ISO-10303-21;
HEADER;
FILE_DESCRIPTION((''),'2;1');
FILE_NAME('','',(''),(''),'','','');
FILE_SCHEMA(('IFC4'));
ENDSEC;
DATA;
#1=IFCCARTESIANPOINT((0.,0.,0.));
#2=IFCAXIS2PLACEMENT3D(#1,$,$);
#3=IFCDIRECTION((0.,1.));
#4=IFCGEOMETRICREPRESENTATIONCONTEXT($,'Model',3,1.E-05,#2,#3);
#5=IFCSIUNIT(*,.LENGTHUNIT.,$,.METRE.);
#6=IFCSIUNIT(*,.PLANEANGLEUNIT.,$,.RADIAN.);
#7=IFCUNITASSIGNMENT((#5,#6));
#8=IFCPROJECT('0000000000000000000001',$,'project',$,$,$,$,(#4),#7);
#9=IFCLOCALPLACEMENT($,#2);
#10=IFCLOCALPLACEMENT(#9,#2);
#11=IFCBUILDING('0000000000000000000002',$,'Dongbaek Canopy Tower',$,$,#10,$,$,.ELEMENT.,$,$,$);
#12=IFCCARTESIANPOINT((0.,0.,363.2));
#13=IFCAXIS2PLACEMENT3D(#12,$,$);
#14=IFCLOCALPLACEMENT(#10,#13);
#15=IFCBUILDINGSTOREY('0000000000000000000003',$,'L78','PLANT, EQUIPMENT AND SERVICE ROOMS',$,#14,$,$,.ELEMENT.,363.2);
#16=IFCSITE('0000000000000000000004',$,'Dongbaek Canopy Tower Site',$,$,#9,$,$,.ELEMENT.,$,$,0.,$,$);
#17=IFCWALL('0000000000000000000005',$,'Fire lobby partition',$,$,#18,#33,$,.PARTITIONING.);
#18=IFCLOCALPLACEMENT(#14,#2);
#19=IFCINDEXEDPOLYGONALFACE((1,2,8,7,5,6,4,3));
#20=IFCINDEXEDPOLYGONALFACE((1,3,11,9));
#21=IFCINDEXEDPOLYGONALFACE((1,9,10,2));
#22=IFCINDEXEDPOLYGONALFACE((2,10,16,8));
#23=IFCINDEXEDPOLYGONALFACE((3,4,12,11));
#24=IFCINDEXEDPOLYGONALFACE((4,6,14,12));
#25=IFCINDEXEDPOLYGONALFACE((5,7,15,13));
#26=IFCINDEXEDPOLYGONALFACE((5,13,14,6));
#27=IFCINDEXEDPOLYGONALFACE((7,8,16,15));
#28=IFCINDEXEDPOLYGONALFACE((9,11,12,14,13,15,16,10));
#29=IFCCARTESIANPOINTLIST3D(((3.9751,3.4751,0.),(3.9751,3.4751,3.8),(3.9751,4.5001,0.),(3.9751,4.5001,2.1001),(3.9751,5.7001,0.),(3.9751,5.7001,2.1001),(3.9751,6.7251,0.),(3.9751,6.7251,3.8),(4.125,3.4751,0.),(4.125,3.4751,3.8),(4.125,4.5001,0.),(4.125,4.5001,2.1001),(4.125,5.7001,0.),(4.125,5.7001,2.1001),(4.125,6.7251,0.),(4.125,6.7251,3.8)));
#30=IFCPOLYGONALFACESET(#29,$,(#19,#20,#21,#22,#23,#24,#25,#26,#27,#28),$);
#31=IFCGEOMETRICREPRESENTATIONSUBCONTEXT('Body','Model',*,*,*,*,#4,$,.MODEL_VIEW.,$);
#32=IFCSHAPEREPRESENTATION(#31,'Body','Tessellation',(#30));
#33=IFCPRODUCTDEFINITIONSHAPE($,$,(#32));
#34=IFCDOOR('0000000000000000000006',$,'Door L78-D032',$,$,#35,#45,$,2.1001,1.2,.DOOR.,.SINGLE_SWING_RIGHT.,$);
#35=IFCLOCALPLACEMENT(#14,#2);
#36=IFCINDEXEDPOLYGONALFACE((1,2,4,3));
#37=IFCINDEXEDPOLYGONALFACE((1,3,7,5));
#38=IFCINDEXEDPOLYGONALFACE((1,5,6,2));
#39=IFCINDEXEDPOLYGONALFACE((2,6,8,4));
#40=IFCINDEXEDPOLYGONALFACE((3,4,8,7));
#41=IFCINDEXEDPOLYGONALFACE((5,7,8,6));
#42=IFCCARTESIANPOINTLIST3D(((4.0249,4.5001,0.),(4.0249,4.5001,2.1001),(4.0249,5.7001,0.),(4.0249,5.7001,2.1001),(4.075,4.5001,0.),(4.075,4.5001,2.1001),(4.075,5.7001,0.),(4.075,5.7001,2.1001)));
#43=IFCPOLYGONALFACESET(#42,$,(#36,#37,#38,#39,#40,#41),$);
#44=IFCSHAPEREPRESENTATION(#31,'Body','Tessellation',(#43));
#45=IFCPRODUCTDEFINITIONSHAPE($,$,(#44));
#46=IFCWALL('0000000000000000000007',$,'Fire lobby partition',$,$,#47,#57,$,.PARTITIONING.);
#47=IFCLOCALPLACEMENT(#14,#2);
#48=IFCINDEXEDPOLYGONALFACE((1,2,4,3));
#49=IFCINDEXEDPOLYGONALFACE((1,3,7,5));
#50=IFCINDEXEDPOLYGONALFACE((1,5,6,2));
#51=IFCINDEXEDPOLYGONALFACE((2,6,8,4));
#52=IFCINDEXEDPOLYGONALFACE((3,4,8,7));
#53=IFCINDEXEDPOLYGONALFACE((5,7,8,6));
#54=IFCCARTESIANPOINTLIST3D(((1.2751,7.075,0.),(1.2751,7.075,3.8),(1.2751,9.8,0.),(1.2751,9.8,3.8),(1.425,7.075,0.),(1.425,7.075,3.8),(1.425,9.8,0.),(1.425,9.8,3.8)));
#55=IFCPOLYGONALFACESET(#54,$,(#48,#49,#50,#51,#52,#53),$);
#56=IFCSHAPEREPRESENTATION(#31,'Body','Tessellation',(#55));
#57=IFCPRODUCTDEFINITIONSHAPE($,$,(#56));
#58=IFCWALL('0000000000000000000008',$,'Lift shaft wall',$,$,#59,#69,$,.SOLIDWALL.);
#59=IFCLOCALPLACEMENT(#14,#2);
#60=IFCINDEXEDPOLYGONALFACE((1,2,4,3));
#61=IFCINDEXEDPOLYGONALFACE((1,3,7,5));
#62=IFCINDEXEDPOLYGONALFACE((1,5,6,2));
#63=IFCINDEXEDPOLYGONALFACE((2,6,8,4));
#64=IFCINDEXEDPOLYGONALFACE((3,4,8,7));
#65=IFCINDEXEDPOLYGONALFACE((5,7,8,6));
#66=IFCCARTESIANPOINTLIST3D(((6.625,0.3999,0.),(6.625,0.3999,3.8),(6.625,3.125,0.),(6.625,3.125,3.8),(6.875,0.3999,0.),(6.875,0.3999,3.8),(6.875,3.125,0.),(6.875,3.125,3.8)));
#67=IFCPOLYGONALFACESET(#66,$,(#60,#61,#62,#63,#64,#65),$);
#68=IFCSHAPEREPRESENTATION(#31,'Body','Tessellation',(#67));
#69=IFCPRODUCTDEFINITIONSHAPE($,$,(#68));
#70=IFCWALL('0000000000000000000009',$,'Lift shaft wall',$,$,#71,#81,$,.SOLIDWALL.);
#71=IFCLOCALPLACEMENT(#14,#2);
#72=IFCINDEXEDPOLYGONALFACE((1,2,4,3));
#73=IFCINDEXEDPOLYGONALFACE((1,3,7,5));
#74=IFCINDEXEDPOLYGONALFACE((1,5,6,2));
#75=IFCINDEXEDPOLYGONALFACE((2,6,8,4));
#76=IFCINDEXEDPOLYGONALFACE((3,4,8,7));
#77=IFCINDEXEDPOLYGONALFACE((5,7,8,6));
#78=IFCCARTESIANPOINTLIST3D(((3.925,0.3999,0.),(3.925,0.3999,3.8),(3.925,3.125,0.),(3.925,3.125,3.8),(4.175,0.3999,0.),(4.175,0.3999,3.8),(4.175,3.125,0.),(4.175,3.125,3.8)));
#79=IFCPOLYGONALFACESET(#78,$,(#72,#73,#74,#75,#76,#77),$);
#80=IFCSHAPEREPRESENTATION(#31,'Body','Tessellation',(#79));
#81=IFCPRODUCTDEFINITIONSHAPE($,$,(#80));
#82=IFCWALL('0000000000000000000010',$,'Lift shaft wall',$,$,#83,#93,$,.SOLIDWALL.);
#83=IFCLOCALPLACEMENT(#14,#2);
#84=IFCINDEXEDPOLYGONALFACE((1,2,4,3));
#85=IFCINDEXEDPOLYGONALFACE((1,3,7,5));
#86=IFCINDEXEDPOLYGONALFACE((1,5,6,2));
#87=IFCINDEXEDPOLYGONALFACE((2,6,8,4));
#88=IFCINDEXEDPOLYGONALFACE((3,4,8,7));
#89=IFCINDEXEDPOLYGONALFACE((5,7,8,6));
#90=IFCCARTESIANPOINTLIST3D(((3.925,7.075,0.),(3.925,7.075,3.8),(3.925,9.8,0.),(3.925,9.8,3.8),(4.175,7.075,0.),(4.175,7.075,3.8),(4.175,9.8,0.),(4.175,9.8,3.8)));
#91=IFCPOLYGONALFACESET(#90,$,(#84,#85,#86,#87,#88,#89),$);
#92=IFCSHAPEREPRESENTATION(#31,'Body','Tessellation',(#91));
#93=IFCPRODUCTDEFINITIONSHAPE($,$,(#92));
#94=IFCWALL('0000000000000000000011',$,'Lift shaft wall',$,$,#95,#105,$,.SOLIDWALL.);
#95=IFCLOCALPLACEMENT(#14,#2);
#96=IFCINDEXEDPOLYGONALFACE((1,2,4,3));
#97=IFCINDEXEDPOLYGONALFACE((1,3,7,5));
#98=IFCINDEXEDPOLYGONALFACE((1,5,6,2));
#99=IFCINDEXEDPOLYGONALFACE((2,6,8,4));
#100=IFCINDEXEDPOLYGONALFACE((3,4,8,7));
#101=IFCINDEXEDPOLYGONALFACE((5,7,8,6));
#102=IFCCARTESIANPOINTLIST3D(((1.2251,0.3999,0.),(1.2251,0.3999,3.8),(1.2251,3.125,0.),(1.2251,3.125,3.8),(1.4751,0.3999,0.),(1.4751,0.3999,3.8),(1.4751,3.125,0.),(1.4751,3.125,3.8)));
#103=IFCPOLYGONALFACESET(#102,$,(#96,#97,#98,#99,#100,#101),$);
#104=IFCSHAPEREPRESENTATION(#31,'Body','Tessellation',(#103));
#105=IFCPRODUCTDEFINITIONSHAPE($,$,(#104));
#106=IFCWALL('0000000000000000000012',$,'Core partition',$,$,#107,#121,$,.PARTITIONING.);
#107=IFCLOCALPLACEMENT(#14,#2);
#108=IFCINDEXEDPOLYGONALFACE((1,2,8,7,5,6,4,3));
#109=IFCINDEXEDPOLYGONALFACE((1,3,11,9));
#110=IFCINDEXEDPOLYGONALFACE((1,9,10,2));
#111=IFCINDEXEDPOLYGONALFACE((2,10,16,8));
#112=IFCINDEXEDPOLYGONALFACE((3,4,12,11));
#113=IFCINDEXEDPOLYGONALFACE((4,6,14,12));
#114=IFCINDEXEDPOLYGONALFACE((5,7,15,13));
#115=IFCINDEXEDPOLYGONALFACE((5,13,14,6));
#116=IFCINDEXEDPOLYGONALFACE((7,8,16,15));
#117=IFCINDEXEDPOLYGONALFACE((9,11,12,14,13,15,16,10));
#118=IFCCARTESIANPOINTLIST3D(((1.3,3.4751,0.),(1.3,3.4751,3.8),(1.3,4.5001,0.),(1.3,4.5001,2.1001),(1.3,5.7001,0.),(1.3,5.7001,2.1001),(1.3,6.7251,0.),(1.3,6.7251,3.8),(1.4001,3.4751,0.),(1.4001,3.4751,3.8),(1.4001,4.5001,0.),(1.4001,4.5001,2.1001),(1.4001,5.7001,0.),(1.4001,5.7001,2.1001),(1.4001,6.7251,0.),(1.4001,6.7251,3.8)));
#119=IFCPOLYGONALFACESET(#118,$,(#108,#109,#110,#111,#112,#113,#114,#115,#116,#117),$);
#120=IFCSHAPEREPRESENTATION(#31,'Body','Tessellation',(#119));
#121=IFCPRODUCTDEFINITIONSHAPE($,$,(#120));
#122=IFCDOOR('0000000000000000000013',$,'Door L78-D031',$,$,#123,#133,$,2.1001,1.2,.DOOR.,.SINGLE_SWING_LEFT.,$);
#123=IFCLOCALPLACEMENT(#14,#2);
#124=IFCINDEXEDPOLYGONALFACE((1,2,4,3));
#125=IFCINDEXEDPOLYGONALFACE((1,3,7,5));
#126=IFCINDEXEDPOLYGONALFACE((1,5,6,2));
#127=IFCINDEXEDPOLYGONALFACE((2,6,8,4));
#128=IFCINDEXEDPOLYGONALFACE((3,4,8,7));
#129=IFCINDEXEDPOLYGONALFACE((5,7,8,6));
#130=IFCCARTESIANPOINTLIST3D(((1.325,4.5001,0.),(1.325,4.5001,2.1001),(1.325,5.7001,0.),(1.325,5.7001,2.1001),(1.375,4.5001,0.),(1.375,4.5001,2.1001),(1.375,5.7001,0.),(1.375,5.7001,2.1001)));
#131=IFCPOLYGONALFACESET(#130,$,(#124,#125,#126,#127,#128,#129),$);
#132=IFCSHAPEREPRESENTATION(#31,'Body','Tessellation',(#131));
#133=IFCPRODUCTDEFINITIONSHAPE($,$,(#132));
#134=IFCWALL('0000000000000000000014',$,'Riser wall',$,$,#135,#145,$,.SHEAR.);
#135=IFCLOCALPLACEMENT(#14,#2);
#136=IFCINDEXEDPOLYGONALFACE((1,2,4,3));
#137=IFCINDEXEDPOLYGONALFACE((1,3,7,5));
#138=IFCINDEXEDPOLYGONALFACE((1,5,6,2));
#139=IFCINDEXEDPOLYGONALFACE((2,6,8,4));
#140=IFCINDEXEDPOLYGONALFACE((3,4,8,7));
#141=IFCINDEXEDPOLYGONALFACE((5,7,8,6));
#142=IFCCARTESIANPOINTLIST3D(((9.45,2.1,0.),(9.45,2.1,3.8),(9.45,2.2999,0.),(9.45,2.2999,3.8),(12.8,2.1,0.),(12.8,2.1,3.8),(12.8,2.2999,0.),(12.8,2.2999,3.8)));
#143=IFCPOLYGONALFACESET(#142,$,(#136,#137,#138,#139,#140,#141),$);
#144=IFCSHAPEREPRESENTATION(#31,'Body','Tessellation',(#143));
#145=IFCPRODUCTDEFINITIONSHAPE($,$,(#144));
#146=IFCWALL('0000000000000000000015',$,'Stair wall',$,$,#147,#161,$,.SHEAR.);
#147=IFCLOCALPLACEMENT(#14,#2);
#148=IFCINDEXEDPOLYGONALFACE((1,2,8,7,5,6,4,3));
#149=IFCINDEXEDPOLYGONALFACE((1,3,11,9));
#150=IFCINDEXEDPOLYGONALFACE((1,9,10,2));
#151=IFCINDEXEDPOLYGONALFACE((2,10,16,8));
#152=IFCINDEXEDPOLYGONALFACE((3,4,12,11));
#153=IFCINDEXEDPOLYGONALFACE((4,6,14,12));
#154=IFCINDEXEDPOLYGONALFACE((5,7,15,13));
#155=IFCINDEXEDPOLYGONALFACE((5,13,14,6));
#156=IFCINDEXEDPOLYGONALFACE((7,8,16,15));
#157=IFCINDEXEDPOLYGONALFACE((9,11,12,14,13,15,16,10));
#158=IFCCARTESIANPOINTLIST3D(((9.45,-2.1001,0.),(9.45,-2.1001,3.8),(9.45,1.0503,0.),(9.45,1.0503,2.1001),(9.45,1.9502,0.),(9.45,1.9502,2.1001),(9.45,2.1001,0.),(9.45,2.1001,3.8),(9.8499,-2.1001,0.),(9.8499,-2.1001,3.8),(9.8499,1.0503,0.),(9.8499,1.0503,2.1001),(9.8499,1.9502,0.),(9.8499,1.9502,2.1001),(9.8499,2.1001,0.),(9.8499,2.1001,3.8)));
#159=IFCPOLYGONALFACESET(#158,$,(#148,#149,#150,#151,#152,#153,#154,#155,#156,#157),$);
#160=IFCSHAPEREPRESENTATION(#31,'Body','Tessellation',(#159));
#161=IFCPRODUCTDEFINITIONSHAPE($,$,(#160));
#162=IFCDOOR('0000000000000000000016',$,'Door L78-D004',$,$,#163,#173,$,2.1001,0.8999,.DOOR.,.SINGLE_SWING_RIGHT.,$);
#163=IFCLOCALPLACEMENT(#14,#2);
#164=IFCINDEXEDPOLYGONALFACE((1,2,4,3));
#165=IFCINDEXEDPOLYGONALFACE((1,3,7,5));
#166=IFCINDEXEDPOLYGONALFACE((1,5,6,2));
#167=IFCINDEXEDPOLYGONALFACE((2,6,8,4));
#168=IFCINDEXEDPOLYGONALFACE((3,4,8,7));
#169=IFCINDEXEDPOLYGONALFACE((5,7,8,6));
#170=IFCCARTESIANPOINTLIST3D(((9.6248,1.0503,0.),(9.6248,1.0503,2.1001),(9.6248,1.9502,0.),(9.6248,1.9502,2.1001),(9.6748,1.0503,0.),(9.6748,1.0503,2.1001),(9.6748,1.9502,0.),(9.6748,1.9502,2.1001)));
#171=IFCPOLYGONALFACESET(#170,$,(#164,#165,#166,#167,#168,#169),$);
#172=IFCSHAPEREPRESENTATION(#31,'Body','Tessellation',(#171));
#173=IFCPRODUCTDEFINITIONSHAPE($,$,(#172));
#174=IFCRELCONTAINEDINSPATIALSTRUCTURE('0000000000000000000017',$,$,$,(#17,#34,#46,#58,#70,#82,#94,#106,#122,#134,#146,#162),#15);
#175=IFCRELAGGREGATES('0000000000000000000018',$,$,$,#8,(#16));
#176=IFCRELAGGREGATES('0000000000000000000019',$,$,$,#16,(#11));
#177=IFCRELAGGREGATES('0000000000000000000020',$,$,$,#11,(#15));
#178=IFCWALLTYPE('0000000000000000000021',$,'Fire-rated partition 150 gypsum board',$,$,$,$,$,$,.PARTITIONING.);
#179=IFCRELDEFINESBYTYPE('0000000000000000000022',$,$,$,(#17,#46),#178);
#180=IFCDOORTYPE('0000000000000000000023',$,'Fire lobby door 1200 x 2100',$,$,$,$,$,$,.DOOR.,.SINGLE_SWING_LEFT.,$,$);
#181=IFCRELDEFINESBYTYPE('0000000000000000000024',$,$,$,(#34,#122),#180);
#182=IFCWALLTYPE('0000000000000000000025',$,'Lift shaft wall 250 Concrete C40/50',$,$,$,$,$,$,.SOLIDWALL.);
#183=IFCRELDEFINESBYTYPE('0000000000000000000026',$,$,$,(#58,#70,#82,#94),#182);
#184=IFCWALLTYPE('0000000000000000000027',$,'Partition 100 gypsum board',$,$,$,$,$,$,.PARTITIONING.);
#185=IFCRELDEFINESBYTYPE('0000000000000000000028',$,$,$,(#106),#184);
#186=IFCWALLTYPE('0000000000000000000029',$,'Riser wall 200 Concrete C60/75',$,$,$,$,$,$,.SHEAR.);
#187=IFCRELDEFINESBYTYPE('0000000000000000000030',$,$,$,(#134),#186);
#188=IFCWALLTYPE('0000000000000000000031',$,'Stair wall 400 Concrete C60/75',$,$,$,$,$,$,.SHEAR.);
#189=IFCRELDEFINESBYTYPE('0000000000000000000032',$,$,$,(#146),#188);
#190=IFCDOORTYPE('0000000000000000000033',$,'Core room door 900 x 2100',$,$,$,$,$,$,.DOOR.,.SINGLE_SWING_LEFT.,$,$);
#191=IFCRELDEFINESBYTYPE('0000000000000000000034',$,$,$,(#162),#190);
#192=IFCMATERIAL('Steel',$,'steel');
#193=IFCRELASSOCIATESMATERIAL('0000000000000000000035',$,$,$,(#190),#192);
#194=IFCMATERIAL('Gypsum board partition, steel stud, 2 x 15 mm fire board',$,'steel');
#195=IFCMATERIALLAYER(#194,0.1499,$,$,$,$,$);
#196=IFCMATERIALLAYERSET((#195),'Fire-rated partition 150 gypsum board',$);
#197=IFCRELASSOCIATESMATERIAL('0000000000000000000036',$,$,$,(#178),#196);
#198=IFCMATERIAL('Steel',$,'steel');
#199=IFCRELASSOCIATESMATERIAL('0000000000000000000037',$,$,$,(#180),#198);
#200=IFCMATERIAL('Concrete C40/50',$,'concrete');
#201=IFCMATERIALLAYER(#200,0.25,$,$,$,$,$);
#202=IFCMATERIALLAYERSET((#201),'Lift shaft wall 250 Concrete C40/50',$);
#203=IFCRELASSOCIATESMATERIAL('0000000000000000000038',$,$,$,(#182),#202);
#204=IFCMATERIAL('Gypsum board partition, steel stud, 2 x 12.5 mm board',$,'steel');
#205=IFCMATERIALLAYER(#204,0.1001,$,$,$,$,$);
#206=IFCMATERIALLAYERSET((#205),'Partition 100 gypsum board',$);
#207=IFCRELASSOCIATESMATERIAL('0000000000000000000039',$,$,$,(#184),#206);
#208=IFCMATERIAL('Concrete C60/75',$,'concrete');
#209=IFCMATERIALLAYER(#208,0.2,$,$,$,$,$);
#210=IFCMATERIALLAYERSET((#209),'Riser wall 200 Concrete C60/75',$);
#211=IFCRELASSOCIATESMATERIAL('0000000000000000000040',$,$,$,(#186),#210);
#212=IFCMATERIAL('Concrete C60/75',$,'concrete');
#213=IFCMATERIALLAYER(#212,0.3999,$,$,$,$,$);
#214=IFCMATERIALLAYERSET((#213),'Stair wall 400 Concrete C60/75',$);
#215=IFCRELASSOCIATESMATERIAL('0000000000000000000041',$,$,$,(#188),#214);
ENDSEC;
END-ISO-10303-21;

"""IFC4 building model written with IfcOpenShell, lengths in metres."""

from ifc_helpers import new_model, si_unit, direction, frame, frame_2d, origin, place, context, subcontext, project, spatial, rectangle, extrude, material, layer, layer_set, type_object, element, fill, save


model = new_model("IFC4")

# Units and contexts
model_context = context("Model", 3, precision=1e-05, world=origin(), true_north=direction((0.0, 1.0)))
body_context = subcontext(model_context, "Body", "Model", "MODEL_VIEW")
ifc_project = project(units=[si_unit("LENGTHUNIT", "METRE"), si_unit("PLANEANGLEUNIT", "RADIAN")], contexts=[model_context])

# Site, building, storey
site_placement = place(None, origin())
site = spatial("IfcSite", under=ifc_project, at=site_placement, Name="Dongbaek Canopy Tower Site", CompositionType="ELEMENT", RefElevation=0.0)
building_placement = place(site_placement, origin())
building = spatial("IfcBuilding", under=site, at=building_placement, Name="Dongbaek Canopy Tower", CompositionType="ELEMENT")
storey_placement = place(building_placement, frame((0.0, 0.0, 363.2)))
storey = spatial("IfcBuildingStorey", under=building, at=storey_placement, Name="L78", Description="PLANT, EQUIPMENT AND SERVICE ROOMS", CompositionType="ELEMENT", Elevation=363.2)

# Shared definitions
ifc_material_1 = material(Name="Steel", Category="steel")
door_type_1 = type_object("IfcDoorType", Name="Core room door 900 x 2100", OperationType="SINGLE_SWING_LEFT", PredefinedType="DOOR", material=ifc_material_1)

# Wall, opening, door
ifc_material_2 = material(Name="Gypsum board partition, steel stud, 2 x 15 mm fire board", Category="steel")
ifc_layer_1 = layer(ifc_material_2, 0.1499)
ifc_layer_set_1 = layer_set([ifc_layer_1], Name="Fire-rated partition 150 gypsum board")
wall_type_1 = type_object("IfcWallType", Name="Fire-rated partition 150 gypsum board", PredefinedType="PARTITIONING", material=ifc_layer_set_1)
wall_1_placement = place(storey_placement, frame((4.05, 6.7251, 0.0), z_axis=(0.0, 0.0, 1.0), x_axis=(0.0, -1.0, 0.0)))
wall_1 = element("IfcWall", 1, at=wall_1_placement, inside=storey, type_object=wall_type_1, Name="Fire lobby partition", PredefinedType="PARTITIONING", context=body_context, shape_type="SweptSolid", body=[
    extrude(rectangle(XDim=3.25, YDim=0.1499, at=frame_2d((1.625, 0.0))), origin(), (0.0, 0.0, 1.0), 3.8),
])
opening_1_placement = place(wall_1_placement, frame((1.0249, 0.0, 0.0)))
opening_1 = element("IfcOpeningElement", 2, at=opening_1_placement, cuts=wall_1, PredefinedType="OPENING", context=body_context, shape_type="SweptSolid", body=[
    extrude(rectangle(XDim=1.2, YDim=2.1001, at=frame_2d((0.6001, 1.05))), frame((0.0, 0.085, 0.0), z_axis=(0.0, -1.0, 0.0), x_axis=(1.0, 0.0, 0.0)), (0.0, 0.0, 1.0), 0.1699),
])
ifc_material_3 = material(Name="Steel", Category="steel")
door_type_2 = type_object("IfcDoorType", Name="Fire lobby door 1200 x 2100", OperationType="SINGLE_SWING_LEFT", PredefinedType="DOOR", material=ifc_material_3)
door_1_placement = place(opening_1_placement, origin())
door_1 = element("IfcDoor", 3, at=door_1_placement, inside=storey, type_object=door_type_2, Name="Door L78-D032", OperationType="SINGLE_SWING_RIGHT", OverallHeight=2.1001, OverallWidth=1.2, PredefinedType="DOOR", context=body_context, shape_type="SweptSolid", body=[
    extrude(rectangle(XDim=1.2, YDim=2.1001, at=frame_2d((0.6001, 1.05))), frame((0.0, 0.0249, 0.0), z_axis=(0.0, -1.0, 0.0), x_axis=(1.0, 0.0, 0.0)), (0.0, 0.0, 1.0), 0.05),
])
fill(opening_1, door_1)

# Walls
wall_2_placement = place(storey_placement, frame((1.3501, 7.075, 0.0), z_axis=(0.0, 0.0, 1.0), x_axis=(0.0, 1.0, 0.0)))
element("IfcWall", 4, at=wall_2_placement, inside=storey, type_object=wall_type_1, Name="Fire lobby partition", PredefinedType="PARTITIONING", context=body_context, shape_type="SweptSolid", body=[
    extrude(rectangle(XDim=2.7251, YDim=0.1499, at=frame_2d((1.3625, 0.0))), origin(), (0.0, 0.0, 1.0), 3.8),
])
ifc_material_4 = material(Name="Concrete C40/50", Category="concrete")
ifc_layer_2 = layer(ifc_material_4, 0.25)
ifc_layer_set_2 = layer_set([ifc_layer_2], Name="Lift shaft wall 250 Concrete C40/50")
wall_type_2 = type_object("IfcWallType", Name="Lift shaft wall 250 Concrete C40/50", PredefinedType="SOLIDWALL", material=ifc_layer_set_2)
for number, where, z_axis, x_axis, name in (
    (5, (6.75, 0.3999, 0.0), (0.0, 0.0, 1.0), (0.0, 1.0, 0.0), "Lift shaft wall"),
    (6, (4.05, 0.3999, 0.0), (0.0, 0.0, 1.0), (0.0, 1.0, 0.0), "Lift shaft wall"),
    (7, (4.05, 7.075, 0.0), (0.0, 0.0, 1.0), (0.0, 1.0, 0.0), "Lift shaft wall"),
    (8, (1.3501, 0.3999, 0.0), (0.0, 0.0, 1.0), (0.0, 1.0, 0.0), "Lift shaft wall"),
):
    element("IfcWall", number, at=place(storey_placement, frame(where, z_axis=z_axis, x_axis=x_axis)), inside=storey, type_object=wall_type_2, Name=name, PredefinedType="SOLIDWALL", context=body_context, shape_type="SweptSolid", body=[
        extrude(rectangle(XDim=2.7251, YDim=0.25, at=frame_2d((1.3625, 0.0))), origin(), (0.0, 0.0, 1.0), 3.8),
    ])

# Wall, opening, door
ifc_material_5 = material(Name="Gypsum board partition, steel stud, 2 x 12.5 mm board", Category="steel")
ifc_layer_3 = layer(ifc_material_5, 0.1001)
ifc_layer_set_3 = layer_set([ifc_layer_3], Name="Partition 100 gypsum board")
wall_type_3 = type_object("IfcWallType", Name="Partition 100 gypsum board", PredefinedType="PARTITIONING", material=ifc_layer_set_3)
wall_3_placement = place(storey_placement, frame((1.3501, 6.7251, 0.0), z_axis=(0.0, 0.0, 1.0), x_axis=(0.0, -1.0, 0.0)))
wall_3 = element("IfcWall", 9, at=wall_3_placement, inside=storey, type_object=wall_type_3, Name="Core partition", PredefinedType="PARTITIONING", context=body_context, shape_type="SweptSolid", body=[
    extrude(rectangle(XDim=3.25, YDim=0.1001, at=frame_2d((1.625, 0.0))), origin(), (0.0, 0.0, 1.0), 3.8),
])
opening_2_placement = place(wall_3_placement, frame((1.0249, 0.0, 0.0)))
opening_2 = element("IfcOpeningElement", 10, at=opening_2_placement, cuts=wall_3, PredefinedType="OPENING", context=body_context, shape_type="SweptSolid", body=[
    extrude(rectangle(XDim=1.2, YDim=2.1001, at=frame_2d((0.6001, 1.05))), frame((0.0, 0.0601, 0.0), z_axis=(0.0, -1.0, 0.0), x_axis=(1.0, 0.0, 0.0)), (0.0, 0.0, 1.0), 0.1201),
])
door_2_placement = place(opening_2_placement, origin())
door_2 = element("IfcDoor", 11, at=door_2_placement, inside=storey, type_object=door_type_2, Name="Door L78-D031", OperationType="SINGLE_SWING_LEFT", OverallHeight=2.1001, OverallWidth=1.2, PredefinedType="DOOR", context=body_context, shape_type="SweptSolid", body=[
    extrude(rectangle(XDim=1.2, YDim=2.1001, at=frame_2d((0.6001, 1.05))), frame((0.0, 0.0249, 0.0), z_axis=(0.0, -1.0, 0.0), x_axis=(1.0, 0.0, 0.0)), (0.0, 0.0, 1.0), 0.05),
])
fill(opening_2, door_2)

# Wall
ifc_material_6 = material(Name="Concrete C60/75", Category="concrete")
ifc_layer_4 = layer(ifc_material_6, 0.2)
ifc_layer_set_4 = layer_set([ifc_layer_4], Name="Riser wall 200 Concrete C60/75")
wall_type_4 = type_object("IfcWallType", Name="Riser wall 200 Concrete C60/75", PredefinedType="SHEAR", material=ifc_layer_set_4)
wall_4_placement = place(storey_placement, frame((9.45, 2.2, 0.0), z_axis=(0.0, 0.0, 1.0), x_axis=(1.0, 0.0, 0.0)))
element("IfcWall", 12, at=wall_4_placement, inside=storey, type_object=wall_type_4, Name="Riser wall", PredefinedType="SHEAR", context=body_context, shape_type="SweptSolid", body=[
    extrude(rectangle(XDim=3.3501, YDim=0.2, at=frame_2d((1.675, 0.0))), origin(), (0.0, 0.0, 1.0), 3.8),
])

# Wall, opening, door
ifc_material_7 = material(Name="Concrete C60/75", Category="concrete")
ifc_layer_5 = layer(ifc_material_7, 0.3999)
ifc_layer_set_5 = layer_set([ifc_layer_5], Name="Stair wall 400 Concrete C60/75")
wall_type_5 = type_object("IfcWallType", Name="Stair wall 400 Concrete C60/75", PredefinedType="SHEAR", material=ifc_layer_set_5)
wall_5_placement = place(storey_placement, frame((9.6499, 2.1001, 0.0), z_axis=(0.0, 0.0, 1.0), x_axis=(0.0, -1.0, 0.0)))
wall_5 = element("IfcWall", 13, at=wall_5_placement, inside=storey, type_object=wall_type_5, Name="Stair wall", PredefinedType="SHEAR", context=body_context, shape_type="SweptSolid", body=[
    extrude(rectangle(XDim=4.2002, YDim=0.3999, at=frame_2d((2.1001, 0.0))), origin(), (0.0, 0.0, 1.0), 3.8),
])
opening_3_placement = place(wall_5_placement, frame((0.1499, 0.0, 0.0)))
opening_3 = element("IfcOpeningElement", 14, at=opening_3_placement, cuts=wall_5, PredefinedType="OPENING", context=body_context, shape_type="SweptSolid", body=[
    extrude(rectangle(XDim=0.8999, YDim=2.1001, at=frame_2d((0.45, 1.05))), frame((0.0, 0.21, 0.0), z_axis=(0.0, -1.0, 0.0), x_axis=(1.0, 0.0, 0.0)), (0.0, 0.0, 1.0), 0.4199),
])
door_3_placement = place(opening_3_placement, origin())
door_3 = element("IfcDoor", 15, at=door_3_placement, inside=storey, type_object=door_type_1, Name="Door L78-D004", OperationType="SINGLE_SWING_RIGHT", OverallHeight=2.1001, OverallWidth=0.8999, PredefinedType="DOOR", context=body_context, shape_type="SweptSolid", body=[
    extrude(rectangle(XDim=0.8999, YDim=2.1001, at=frame_2d((0.45, 1.05))), frame((0.0, 0.0249, 0.0), z_axis=(0.0, -1.0, 0.0), x_axis=(1.0, 0.0, 0.0)), (0.0, 0.0, 1.0), 0.05),
])
fill(opening_3, door_3)

save(model, "model.ifc")
